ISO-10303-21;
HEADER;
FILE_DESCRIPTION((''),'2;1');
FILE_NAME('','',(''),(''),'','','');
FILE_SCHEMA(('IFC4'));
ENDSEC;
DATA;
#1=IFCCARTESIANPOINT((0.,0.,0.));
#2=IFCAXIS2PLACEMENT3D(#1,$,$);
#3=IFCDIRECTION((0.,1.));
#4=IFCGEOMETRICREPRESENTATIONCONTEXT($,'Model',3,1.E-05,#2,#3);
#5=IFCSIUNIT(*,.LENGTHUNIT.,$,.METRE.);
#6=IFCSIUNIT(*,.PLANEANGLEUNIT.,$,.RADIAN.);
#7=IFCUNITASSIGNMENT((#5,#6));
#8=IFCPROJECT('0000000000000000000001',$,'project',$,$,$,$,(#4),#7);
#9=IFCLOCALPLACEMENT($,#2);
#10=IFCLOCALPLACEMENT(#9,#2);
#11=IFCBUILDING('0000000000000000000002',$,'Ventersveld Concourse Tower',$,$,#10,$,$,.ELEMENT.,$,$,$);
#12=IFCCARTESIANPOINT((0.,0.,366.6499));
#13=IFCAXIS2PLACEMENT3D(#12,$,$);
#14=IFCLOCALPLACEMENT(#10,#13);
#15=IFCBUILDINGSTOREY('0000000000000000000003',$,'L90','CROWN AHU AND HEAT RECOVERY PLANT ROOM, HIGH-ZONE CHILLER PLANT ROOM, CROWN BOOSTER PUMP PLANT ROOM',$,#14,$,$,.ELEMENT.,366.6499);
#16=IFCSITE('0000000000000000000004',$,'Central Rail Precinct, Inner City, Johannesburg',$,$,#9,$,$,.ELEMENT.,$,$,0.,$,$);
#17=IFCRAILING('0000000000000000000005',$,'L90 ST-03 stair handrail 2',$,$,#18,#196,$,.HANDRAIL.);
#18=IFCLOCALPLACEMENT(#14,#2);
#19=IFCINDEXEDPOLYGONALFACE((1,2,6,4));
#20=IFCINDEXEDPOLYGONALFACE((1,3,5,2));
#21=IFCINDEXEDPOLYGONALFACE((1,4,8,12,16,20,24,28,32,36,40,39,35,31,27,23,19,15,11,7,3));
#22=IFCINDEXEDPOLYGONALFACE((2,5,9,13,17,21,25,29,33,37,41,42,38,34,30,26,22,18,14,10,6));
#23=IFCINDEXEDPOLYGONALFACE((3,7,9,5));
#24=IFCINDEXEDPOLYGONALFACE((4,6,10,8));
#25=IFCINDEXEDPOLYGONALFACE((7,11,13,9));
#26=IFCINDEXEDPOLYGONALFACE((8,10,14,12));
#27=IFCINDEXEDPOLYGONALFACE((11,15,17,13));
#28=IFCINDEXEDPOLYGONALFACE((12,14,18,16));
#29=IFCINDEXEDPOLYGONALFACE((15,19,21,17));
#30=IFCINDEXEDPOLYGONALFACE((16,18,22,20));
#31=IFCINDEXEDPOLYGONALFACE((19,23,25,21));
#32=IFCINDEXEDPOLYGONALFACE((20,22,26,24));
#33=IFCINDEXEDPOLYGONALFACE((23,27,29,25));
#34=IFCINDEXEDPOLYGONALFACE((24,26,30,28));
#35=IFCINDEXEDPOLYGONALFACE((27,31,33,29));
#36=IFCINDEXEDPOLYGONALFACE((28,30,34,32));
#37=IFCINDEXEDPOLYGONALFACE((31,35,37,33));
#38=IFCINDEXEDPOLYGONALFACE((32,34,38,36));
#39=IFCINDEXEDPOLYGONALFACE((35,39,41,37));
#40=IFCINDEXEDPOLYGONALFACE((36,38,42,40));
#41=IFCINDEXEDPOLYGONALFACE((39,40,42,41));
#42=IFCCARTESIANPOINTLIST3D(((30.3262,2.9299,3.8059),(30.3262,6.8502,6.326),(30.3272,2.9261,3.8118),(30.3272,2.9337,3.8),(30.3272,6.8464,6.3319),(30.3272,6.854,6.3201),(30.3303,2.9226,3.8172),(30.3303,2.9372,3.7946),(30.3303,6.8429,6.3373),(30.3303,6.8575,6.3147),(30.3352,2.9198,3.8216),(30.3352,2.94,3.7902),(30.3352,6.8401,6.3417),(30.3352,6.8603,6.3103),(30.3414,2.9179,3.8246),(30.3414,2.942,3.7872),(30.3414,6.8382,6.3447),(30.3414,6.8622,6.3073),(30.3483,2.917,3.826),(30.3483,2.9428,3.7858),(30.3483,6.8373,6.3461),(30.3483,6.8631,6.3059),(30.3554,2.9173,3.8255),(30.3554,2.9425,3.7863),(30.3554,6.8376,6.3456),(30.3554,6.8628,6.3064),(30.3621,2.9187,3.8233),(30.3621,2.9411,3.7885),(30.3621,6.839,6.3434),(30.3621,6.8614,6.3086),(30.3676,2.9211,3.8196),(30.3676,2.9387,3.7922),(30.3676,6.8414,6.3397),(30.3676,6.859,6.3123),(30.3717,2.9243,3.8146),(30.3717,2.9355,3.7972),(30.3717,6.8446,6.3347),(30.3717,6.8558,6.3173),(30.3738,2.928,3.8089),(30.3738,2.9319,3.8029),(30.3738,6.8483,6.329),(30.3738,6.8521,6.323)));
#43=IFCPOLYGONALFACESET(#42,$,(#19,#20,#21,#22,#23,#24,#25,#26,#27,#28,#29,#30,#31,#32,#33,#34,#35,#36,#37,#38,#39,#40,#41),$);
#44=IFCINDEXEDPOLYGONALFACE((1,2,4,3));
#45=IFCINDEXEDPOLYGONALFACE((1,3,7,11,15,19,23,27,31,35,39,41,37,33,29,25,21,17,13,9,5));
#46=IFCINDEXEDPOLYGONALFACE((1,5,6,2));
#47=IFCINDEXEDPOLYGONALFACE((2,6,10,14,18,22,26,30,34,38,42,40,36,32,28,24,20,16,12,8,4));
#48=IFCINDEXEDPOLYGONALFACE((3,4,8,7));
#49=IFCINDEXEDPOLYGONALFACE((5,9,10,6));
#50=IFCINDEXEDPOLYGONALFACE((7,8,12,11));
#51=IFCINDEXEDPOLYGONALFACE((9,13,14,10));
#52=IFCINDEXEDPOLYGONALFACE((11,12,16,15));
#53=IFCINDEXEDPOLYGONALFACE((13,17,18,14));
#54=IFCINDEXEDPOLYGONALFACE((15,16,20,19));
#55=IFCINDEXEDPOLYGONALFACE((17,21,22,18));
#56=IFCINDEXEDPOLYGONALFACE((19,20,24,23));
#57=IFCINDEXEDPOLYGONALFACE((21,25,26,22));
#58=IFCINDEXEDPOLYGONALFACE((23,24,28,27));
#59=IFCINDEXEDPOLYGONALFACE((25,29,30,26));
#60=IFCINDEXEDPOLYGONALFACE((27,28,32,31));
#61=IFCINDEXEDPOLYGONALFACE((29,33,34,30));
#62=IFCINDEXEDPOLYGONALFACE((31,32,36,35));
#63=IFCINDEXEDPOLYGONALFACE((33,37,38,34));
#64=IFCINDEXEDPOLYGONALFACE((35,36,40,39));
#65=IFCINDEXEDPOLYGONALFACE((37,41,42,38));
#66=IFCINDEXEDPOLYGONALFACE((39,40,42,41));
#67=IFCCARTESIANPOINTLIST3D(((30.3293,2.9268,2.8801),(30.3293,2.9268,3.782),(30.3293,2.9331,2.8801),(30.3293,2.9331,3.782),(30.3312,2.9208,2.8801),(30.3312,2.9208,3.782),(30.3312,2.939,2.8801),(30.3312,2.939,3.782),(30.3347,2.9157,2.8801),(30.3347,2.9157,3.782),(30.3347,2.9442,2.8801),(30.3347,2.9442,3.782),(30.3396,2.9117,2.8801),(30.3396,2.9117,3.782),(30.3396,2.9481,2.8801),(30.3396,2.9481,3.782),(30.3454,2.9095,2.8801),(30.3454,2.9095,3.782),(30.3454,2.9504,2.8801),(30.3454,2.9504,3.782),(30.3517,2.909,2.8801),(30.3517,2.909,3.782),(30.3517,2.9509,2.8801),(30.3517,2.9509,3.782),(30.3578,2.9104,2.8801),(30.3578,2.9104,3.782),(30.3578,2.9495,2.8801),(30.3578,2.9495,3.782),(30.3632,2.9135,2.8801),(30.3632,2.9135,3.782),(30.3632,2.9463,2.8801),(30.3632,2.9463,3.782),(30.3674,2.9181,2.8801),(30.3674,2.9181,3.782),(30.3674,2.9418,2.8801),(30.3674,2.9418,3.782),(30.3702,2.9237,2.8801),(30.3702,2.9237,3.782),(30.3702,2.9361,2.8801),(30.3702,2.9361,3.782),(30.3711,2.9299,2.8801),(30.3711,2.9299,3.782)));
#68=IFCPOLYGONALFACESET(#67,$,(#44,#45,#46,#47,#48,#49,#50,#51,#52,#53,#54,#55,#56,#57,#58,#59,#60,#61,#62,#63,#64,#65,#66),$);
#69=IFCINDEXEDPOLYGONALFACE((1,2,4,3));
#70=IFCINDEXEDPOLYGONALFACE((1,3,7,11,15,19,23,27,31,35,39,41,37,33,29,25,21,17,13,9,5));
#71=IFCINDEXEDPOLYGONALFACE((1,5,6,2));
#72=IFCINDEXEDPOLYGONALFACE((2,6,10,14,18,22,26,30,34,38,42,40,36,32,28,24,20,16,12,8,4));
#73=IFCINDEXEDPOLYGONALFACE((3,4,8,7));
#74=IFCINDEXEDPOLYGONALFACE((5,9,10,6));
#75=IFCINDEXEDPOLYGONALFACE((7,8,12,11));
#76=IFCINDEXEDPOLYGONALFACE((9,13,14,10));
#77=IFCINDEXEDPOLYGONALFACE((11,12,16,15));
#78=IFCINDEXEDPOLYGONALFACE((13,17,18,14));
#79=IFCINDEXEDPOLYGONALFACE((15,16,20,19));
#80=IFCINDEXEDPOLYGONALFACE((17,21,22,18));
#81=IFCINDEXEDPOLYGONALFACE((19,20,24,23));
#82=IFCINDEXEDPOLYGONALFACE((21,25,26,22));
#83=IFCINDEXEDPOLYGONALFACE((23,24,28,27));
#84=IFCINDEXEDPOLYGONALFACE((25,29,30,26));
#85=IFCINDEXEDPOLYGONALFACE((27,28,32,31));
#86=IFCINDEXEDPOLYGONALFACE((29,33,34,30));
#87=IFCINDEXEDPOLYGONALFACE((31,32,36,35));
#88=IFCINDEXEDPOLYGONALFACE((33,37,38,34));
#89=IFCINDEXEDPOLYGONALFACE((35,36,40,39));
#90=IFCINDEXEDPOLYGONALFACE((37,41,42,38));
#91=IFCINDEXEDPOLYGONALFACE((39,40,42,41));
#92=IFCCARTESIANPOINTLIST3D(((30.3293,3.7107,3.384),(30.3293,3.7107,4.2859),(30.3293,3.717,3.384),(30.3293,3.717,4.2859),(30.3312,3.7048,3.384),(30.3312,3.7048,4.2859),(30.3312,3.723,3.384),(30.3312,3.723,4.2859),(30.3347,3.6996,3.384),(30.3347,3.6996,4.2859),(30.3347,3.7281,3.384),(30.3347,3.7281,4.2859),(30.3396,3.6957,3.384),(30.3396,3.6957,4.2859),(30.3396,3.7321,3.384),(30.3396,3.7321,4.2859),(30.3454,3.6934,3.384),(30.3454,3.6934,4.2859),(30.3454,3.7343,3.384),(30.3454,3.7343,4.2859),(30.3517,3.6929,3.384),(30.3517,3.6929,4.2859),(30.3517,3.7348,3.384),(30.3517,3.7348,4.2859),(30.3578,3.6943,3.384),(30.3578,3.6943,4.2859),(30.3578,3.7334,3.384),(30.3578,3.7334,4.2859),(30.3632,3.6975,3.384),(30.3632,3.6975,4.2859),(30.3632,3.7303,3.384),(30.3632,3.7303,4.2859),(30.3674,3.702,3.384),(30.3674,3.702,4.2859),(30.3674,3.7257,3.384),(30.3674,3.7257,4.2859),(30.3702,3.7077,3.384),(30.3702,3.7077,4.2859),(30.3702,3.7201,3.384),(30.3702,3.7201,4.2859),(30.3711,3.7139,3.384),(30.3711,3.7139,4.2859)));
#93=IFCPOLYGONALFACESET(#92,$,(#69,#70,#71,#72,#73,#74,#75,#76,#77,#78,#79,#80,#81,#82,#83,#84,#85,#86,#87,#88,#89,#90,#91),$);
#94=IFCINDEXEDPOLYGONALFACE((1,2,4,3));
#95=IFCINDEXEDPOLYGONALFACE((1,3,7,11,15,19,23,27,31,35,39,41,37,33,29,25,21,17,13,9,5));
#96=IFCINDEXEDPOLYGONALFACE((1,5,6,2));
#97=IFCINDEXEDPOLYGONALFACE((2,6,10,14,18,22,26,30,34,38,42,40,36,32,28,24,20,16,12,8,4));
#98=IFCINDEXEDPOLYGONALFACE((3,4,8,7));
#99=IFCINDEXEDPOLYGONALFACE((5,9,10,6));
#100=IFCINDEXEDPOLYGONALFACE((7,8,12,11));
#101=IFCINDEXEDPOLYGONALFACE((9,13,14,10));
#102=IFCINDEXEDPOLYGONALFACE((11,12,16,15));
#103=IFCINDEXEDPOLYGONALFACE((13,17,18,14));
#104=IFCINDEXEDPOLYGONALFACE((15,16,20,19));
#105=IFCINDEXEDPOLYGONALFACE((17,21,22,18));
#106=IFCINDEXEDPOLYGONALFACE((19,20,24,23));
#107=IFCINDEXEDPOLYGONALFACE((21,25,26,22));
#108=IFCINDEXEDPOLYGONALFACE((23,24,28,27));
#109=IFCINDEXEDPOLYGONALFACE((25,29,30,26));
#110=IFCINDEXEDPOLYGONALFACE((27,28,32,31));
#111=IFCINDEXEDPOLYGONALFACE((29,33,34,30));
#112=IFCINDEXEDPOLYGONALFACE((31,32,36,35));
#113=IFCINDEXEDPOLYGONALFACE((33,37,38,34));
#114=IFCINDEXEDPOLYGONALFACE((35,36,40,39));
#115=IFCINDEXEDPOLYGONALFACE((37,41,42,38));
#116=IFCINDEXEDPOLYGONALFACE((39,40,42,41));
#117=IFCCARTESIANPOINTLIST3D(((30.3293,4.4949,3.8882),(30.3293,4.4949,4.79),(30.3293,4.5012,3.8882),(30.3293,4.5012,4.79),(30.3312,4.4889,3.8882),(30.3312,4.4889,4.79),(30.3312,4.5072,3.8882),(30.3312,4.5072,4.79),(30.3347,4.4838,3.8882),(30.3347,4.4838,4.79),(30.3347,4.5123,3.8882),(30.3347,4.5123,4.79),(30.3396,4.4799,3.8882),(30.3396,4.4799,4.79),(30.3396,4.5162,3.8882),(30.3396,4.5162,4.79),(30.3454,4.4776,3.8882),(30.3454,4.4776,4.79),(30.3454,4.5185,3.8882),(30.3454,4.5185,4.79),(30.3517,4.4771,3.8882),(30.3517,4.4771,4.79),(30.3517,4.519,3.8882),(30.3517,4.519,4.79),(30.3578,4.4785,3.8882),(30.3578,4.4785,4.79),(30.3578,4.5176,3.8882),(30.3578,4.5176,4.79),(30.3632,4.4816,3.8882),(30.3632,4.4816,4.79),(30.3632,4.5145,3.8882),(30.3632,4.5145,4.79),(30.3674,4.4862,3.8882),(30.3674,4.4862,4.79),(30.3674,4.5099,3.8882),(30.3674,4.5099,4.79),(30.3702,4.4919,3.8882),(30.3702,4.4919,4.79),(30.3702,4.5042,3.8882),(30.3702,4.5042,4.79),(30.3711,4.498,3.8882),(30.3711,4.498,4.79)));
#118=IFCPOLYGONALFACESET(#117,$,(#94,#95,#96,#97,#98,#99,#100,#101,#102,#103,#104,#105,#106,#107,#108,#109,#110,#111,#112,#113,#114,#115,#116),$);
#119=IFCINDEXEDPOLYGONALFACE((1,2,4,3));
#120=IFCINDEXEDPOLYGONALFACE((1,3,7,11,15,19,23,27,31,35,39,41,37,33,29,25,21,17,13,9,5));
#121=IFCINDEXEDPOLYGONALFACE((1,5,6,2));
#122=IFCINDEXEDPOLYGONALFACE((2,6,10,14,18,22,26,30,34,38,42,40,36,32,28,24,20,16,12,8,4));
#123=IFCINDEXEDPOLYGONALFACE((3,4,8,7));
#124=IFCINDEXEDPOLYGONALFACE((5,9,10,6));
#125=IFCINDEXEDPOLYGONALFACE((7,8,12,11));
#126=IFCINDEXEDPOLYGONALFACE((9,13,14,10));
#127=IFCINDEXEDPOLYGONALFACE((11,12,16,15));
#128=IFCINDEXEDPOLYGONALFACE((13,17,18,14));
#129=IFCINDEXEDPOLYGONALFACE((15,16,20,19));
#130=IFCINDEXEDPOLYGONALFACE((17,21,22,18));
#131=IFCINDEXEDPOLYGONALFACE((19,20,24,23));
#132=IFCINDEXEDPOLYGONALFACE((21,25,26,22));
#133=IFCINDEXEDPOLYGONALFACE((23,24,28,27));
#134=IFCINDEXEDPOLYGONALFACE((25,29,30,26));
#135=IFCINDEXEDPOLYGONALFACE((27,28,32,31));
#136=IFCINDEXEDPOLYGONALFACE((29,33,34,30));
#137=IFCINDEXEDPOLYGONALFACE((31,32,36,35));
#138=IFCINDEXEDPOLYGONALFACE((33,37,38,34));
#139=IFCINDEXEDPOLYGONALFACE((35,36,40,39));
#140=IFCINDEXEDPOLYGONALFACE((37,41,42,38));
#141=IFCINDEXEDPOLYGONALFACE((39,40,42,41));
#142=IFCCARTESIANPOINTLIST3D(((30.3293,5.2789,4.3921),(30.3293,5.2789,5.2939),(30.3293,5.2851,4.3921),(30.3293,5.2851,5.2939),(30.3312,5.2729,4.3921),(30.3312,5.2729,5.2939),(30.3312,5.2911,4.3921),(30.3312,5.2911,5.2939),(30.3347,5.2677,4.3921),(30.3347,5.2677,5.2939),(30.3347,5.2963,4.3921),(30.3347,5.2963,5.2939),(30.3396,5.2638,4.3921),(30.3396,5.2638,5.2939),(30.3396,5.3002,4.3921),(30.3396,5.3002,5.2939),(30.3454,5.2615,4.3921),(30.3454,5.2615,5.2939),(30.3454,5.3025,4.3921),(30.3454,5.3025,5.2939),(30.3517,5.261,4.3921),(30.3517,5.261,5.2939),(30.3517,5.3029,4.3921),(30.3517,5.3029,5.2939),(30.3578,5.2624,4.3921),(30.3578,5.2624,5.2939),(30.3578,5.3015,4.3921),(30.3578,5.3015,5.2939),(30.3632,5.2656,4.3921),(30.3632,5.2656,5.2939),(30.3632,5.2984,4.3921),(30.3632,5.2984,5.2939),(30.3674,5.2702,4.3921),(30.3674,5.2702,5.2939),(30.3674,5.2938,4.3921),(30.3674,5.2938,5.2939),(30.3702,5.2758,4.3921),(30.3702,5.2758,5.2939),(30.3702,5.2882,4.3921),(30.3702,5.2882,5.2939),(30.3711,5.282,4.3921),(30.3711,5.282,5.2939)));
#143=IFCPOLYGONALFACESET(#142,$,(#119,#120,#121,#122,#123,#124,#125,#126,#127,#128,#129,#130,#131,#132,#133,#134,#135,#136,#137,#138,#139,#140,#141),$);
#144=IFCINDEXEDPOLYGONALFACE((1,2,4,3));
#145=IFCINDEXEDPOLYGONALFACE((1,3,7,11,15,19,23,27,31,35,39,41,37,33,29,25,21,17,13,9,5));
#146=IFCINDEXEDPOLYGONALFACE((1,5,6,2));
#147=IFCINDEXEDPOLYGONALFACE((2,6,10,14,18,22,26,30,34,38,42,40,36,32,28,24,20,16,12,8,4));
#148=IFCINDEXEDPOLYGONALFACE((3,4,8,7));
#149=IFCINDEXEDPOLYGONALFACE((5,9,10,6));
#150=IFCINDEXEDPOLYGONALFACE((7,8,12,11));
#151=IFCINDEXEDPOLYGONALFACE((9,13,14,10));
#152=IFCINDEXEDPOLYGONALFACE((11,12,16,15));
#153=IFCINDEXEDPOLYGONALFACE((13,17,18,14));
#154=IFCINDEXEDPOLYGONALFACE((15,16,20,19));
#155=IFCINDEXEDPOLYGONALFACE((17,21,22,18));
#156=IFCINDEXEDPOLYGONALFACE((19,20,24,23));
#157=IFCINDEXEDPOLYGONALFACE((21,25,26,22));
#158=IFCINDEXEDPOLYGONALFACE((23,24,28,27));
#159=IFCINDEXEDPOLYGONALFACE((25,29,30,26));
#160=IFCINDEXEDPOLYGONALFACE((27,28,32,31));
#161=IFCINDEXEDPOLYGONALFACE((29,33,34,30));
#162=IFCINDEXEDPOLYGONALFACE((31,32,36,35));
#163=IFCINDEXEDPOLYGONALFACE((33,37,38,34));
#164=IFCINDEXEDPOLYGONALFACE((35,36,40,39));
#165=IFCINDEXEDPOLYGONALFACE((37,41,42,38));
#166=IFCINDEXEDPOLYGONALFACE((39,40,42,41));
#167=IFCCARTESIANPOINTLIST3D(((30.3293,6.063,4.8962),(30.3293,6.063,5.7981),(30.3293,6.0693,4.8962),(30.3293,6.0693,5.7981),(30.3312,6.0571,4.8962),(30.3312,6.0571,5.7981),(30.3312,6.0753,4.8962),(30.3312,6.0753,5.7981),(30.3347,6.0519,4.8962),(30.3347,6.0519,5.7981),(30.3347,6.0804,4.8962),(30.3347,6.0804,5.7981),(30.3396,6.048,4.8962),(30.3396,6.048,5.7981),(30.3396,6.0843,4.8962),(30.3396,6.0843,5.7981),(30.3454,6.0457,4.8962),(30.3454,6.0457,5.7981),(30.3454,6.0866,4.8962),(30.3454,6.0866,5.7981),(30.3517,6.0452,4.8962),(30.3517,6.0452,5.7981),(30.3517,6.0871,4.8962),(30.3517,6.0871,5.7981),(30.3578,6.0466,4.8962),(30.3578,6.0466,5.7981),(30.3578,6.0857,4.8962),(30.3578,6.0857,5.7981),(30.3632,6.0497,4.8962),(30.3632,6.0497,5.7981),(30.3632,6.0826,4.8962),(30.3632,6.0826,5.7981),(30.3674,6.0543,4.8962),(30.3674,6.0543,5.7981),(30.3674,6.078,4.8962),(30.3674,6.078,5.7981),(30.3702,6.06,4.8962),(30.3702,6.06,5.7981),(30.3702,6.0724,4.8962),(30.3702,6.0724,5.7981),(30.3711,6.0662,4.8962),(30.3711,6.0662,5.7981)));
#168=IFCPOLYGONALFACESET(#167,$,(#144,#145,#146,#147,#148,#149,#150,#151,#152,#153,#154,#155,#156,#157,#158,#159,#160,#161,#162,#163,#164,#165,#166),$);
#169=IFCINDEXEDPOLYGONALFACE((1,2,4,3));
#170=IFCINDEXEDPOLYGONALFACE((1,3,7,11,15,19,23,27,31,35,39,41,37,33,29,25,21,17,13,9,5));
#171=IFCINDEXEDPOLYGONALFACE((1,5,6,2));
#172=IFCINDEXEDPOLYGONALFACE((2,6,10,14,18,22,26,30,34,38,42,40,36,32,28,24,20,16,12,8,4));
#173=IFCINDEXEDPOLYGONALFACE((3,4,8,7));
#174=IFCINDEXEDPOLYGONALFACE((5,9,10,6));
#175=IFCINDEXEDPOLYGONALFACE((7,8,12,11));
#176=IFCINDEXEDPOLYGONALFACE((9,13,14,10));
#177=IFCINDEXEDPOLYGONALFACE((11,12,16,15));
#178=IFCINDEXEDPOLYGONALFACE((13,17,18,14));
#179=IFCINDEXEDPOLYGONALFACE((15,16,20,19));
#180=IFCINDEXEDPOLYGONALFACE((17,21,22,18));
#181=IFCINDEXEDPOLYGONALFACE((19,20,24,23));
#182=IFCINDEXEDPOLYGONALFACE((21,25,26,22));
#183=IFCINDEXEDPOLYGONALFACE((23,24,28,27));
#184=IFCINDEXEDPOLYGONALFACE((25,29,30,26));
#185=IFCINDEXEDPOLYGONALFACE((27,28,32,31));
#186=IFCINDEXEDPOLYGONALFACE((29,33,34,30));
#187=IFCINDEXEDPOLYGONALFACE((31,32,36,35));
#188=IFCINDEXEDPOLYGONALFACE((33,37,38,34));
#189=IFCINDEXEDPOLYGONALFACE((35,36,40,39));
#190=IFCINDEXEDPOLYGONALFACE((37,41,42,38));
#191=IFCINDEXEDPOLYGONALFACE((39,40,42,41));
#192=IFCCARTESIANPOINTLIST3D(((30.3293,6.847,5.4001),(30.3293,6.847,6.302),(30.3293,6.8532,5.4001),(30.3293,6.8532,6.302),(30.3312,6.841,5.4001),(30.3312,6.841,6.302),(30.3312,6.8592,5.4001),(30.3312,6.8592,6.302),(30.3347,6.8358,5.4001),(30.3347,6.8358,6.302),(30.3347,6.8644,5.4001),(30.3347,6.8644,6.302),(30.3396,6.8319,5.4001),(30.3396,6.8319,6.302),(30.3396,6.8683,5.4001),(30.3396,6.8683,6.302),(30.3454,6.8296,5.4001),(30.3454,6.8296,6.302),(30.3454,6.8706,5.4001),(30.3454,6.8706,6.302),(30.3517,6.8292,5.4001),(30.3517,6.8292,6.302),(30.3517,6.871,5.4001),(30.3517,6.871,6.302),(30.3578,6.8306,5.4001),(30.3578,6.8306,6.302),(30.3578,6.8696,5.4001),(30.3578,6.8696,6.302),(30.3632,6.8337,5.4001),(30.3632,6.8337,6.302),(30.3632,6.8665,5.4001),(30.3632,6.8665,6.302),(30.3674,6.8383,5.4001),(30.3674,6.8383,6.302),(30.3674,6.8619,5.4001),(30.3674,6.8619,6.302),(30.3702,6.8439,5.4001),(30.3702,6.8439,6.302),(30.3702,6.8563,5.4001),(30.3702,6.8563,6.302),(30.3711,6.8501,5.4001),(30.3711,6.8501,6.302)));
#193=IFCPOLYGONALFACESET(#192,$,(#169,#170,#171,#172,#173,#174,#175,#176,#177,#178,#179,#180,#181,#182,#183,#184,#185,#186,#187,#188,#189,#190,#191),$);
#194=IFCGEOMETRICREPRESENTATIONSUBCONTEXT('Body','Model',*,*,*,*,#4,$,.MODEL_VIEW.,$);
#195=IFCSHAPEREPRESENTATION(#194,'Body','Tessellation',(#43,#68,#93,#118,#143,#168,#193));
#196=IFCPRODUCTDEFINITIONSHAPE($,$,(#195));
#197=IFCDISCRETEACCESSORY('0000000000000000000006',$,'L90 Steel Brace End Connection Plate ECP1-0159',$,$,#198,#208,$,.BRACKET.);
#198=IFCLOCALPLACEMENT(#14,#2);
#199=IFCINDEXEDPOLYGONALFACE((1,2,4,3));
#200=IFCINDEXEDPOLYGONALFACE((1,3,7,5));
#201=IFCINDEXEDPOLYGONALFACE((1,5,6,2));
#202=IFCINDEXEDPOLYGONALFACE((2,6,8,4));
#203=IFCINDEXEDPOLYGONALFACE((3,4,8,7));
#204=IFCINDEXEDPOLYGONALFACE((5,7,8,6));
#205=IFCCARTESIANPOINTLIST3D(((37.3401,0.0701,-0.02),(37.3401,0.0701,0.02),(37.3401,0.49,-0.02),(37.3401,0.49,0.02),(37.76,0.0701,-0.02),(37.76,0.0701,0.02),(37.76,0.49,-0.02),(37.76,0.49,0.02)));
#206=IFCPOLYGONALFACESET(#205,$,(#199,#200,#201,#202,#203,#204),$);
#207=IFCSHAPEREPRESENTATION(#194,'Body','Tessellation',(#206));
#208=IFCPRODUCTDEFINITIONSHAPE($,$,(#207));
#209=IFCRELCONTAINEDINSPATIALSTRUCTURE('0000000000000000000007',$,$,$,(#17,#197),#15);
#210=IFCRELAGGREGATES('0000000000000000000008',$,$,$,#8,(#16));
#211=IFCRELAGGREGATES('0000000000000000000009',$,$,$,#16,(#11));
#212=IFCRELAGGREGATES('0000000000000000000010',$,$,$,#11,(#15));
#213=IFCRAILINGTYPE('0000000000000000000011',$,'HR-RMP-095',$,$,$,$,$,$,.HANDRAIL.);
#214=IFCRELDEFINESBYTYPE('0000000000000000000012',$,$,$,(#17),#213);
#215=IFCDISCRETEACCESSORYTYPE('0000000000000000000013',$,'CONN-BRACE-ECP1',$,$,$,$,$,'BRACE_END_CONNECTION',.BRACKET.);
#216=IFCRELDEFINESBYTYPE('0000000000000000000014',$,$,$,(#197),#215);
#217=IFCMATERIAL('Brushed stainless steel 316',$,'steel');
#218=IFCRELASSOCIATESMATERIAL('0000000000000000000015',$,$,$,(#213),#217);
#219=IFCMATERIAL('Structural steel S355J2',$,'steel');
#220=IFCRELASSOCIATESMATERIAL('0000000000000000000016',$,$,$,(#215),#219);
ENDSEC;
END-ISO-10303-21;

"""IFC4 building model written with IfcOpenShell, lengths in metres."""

from ifc_helpers import new_model, si_unit, direction, frame, origin, origin_2d, place, context, subcontext, project, spatial, rectangle, circle, extrude, material, type_object, element, save


model = new_model("IFC4")

# Units and contexts
model_context = context("Model", 3, precision=1e-05, world=origin(), true_north=direction((0.0, 1.0)))
body_context = subcontext(model_context, "Body", "Model", "MODEL_VIEW")
ifc_project = project(units=[si_unit("LENGTHUNIT", "METRE"), si_unit("PLANEANGLEUNIT", "RADIAN")], contexts=[model_context])

# Site, building, storey
site_placement = place(None, origin())
site = spatial("IfcSite", under=ifc_project, at=site_placement, Name="Central Rail Precinct, Inner City, Johannesburg", CompositionType="ELEMENT", RefElevation=0.0)
building_placement = place(site_placement, origin())
building = spatial("IfcBuilding", under=site, at=building_placement, Name="Ventersveld Concourse Tower", CompositionType="ELEMENT")
storey_placement = place(building_placement, frame((0.0, 0.0, 366.6499)))
storey = spatial("IfcBuildingStorey", under=building, at=storey_placement, Name="L90", Description="CROWN AHU AND HEAT RECOVERY PLANT ROOM, HIGH-ZONE CHILLER PLANT ROOM, CROWN BOOSTER PUMP PLANT ROOM", CompositionType="ELEMENT", Elevation=366.6499)

# Shared definitions
ifc_material_1 = material(Name="Structural steel S355J2", Category="steel")

# Shared definitions
ifc_material_2 = material(Name="Brushed stainless steel 316", Category="steel")

# Railing
railing_type_1 = type_object("IfcRailingType", Name="HR-RMP-095", PredefinedType="HANDRAIL", material=ifc_material_2)
railing_1_placement = place(storey_placement, frame((30.3501, 2.9299, 2.8801)))
element("IfcRailing", 1, at=railing_1_placement, inside=storey, type_object=railing_type_1, Name="L90 ST-03 stair handrail 2", PredefinedType="HANDRAIL", context=body_context, shape_type="SweptSolid", body=[
    extrude(circle(Radius=0.0239, at=origin_2d()), frame((0.0, 0.0, 0.9258), z_axis=(0.0, 0.841187, 0.540744), x_axis=(-1.0, 0.0, 0.0)), (0.0, 0.0, 1.0), 4.6604),
    extrude(circle(Radius=0.021, at=origin_2d()), origin(), (0.0, 0.0, 1.0), 0.9019),
    extrude(circle(Radius=0.021, at=origin_2d()), frame((0.0, 0.7839, 0.5039)), (0.0, 0.0, 1.0), 0.9019),
    extrude(circle(Radius=0.021, at=origin_2d()), frame((0.0, 1.5681, 1.0081)), (0.0, 0.0, 1.0), 0.9019),
    extrude(circle(Radius=0.021, at=origin_2d()), frame((0.0, 2.3521, 1.512)), (0.0, 0.0, 1.0), 0.9019),
    extrude(circle(Radius=0.021, at=origin_2d()), frame((0.0, 3.1362, 2.0161)), (0.0, 0.0, 1.0), 0.9019),
    extrude(circle(Radius=0.021, at=origin_2d()), frame((0.0, 3.9202, 2.52)), (0.0, 0.0, 1.0), 0.9019),
])

# Discrete accessory
discrete_accessory_type = type_object("IfcDiscreteAccessoryType", Name="CONN-BRACE-ECP1", ElementType="BRACE_END_CONNECTION", PredefinedType="BRACKET", material=ifc_material_1)
discrete_accessory_placement = place(storey_placement, frame((37.55, 0.28, -0.02), z_axis=(0.0, 0.0, 1.0), x_axis=(1.0, 0.0, 0.0)))
element("IfcDiscreteAccessory", 2, at=discrete_accessory_placement, inside=storey, type_object=discrete_accessory_type, Name="L90 Steel Brace End Connection Plate ECP1-0159", PredefinedType="BRACKET", context=body_context, shape_type="SweptSolid", body=[
    extrude(rectangle(XDim=0.4199, YDim=0.4199, at=origin_2d()), origin(), (0.0, 0.0, 1.0), 0.04),
])

save(model, "model.ifc")
